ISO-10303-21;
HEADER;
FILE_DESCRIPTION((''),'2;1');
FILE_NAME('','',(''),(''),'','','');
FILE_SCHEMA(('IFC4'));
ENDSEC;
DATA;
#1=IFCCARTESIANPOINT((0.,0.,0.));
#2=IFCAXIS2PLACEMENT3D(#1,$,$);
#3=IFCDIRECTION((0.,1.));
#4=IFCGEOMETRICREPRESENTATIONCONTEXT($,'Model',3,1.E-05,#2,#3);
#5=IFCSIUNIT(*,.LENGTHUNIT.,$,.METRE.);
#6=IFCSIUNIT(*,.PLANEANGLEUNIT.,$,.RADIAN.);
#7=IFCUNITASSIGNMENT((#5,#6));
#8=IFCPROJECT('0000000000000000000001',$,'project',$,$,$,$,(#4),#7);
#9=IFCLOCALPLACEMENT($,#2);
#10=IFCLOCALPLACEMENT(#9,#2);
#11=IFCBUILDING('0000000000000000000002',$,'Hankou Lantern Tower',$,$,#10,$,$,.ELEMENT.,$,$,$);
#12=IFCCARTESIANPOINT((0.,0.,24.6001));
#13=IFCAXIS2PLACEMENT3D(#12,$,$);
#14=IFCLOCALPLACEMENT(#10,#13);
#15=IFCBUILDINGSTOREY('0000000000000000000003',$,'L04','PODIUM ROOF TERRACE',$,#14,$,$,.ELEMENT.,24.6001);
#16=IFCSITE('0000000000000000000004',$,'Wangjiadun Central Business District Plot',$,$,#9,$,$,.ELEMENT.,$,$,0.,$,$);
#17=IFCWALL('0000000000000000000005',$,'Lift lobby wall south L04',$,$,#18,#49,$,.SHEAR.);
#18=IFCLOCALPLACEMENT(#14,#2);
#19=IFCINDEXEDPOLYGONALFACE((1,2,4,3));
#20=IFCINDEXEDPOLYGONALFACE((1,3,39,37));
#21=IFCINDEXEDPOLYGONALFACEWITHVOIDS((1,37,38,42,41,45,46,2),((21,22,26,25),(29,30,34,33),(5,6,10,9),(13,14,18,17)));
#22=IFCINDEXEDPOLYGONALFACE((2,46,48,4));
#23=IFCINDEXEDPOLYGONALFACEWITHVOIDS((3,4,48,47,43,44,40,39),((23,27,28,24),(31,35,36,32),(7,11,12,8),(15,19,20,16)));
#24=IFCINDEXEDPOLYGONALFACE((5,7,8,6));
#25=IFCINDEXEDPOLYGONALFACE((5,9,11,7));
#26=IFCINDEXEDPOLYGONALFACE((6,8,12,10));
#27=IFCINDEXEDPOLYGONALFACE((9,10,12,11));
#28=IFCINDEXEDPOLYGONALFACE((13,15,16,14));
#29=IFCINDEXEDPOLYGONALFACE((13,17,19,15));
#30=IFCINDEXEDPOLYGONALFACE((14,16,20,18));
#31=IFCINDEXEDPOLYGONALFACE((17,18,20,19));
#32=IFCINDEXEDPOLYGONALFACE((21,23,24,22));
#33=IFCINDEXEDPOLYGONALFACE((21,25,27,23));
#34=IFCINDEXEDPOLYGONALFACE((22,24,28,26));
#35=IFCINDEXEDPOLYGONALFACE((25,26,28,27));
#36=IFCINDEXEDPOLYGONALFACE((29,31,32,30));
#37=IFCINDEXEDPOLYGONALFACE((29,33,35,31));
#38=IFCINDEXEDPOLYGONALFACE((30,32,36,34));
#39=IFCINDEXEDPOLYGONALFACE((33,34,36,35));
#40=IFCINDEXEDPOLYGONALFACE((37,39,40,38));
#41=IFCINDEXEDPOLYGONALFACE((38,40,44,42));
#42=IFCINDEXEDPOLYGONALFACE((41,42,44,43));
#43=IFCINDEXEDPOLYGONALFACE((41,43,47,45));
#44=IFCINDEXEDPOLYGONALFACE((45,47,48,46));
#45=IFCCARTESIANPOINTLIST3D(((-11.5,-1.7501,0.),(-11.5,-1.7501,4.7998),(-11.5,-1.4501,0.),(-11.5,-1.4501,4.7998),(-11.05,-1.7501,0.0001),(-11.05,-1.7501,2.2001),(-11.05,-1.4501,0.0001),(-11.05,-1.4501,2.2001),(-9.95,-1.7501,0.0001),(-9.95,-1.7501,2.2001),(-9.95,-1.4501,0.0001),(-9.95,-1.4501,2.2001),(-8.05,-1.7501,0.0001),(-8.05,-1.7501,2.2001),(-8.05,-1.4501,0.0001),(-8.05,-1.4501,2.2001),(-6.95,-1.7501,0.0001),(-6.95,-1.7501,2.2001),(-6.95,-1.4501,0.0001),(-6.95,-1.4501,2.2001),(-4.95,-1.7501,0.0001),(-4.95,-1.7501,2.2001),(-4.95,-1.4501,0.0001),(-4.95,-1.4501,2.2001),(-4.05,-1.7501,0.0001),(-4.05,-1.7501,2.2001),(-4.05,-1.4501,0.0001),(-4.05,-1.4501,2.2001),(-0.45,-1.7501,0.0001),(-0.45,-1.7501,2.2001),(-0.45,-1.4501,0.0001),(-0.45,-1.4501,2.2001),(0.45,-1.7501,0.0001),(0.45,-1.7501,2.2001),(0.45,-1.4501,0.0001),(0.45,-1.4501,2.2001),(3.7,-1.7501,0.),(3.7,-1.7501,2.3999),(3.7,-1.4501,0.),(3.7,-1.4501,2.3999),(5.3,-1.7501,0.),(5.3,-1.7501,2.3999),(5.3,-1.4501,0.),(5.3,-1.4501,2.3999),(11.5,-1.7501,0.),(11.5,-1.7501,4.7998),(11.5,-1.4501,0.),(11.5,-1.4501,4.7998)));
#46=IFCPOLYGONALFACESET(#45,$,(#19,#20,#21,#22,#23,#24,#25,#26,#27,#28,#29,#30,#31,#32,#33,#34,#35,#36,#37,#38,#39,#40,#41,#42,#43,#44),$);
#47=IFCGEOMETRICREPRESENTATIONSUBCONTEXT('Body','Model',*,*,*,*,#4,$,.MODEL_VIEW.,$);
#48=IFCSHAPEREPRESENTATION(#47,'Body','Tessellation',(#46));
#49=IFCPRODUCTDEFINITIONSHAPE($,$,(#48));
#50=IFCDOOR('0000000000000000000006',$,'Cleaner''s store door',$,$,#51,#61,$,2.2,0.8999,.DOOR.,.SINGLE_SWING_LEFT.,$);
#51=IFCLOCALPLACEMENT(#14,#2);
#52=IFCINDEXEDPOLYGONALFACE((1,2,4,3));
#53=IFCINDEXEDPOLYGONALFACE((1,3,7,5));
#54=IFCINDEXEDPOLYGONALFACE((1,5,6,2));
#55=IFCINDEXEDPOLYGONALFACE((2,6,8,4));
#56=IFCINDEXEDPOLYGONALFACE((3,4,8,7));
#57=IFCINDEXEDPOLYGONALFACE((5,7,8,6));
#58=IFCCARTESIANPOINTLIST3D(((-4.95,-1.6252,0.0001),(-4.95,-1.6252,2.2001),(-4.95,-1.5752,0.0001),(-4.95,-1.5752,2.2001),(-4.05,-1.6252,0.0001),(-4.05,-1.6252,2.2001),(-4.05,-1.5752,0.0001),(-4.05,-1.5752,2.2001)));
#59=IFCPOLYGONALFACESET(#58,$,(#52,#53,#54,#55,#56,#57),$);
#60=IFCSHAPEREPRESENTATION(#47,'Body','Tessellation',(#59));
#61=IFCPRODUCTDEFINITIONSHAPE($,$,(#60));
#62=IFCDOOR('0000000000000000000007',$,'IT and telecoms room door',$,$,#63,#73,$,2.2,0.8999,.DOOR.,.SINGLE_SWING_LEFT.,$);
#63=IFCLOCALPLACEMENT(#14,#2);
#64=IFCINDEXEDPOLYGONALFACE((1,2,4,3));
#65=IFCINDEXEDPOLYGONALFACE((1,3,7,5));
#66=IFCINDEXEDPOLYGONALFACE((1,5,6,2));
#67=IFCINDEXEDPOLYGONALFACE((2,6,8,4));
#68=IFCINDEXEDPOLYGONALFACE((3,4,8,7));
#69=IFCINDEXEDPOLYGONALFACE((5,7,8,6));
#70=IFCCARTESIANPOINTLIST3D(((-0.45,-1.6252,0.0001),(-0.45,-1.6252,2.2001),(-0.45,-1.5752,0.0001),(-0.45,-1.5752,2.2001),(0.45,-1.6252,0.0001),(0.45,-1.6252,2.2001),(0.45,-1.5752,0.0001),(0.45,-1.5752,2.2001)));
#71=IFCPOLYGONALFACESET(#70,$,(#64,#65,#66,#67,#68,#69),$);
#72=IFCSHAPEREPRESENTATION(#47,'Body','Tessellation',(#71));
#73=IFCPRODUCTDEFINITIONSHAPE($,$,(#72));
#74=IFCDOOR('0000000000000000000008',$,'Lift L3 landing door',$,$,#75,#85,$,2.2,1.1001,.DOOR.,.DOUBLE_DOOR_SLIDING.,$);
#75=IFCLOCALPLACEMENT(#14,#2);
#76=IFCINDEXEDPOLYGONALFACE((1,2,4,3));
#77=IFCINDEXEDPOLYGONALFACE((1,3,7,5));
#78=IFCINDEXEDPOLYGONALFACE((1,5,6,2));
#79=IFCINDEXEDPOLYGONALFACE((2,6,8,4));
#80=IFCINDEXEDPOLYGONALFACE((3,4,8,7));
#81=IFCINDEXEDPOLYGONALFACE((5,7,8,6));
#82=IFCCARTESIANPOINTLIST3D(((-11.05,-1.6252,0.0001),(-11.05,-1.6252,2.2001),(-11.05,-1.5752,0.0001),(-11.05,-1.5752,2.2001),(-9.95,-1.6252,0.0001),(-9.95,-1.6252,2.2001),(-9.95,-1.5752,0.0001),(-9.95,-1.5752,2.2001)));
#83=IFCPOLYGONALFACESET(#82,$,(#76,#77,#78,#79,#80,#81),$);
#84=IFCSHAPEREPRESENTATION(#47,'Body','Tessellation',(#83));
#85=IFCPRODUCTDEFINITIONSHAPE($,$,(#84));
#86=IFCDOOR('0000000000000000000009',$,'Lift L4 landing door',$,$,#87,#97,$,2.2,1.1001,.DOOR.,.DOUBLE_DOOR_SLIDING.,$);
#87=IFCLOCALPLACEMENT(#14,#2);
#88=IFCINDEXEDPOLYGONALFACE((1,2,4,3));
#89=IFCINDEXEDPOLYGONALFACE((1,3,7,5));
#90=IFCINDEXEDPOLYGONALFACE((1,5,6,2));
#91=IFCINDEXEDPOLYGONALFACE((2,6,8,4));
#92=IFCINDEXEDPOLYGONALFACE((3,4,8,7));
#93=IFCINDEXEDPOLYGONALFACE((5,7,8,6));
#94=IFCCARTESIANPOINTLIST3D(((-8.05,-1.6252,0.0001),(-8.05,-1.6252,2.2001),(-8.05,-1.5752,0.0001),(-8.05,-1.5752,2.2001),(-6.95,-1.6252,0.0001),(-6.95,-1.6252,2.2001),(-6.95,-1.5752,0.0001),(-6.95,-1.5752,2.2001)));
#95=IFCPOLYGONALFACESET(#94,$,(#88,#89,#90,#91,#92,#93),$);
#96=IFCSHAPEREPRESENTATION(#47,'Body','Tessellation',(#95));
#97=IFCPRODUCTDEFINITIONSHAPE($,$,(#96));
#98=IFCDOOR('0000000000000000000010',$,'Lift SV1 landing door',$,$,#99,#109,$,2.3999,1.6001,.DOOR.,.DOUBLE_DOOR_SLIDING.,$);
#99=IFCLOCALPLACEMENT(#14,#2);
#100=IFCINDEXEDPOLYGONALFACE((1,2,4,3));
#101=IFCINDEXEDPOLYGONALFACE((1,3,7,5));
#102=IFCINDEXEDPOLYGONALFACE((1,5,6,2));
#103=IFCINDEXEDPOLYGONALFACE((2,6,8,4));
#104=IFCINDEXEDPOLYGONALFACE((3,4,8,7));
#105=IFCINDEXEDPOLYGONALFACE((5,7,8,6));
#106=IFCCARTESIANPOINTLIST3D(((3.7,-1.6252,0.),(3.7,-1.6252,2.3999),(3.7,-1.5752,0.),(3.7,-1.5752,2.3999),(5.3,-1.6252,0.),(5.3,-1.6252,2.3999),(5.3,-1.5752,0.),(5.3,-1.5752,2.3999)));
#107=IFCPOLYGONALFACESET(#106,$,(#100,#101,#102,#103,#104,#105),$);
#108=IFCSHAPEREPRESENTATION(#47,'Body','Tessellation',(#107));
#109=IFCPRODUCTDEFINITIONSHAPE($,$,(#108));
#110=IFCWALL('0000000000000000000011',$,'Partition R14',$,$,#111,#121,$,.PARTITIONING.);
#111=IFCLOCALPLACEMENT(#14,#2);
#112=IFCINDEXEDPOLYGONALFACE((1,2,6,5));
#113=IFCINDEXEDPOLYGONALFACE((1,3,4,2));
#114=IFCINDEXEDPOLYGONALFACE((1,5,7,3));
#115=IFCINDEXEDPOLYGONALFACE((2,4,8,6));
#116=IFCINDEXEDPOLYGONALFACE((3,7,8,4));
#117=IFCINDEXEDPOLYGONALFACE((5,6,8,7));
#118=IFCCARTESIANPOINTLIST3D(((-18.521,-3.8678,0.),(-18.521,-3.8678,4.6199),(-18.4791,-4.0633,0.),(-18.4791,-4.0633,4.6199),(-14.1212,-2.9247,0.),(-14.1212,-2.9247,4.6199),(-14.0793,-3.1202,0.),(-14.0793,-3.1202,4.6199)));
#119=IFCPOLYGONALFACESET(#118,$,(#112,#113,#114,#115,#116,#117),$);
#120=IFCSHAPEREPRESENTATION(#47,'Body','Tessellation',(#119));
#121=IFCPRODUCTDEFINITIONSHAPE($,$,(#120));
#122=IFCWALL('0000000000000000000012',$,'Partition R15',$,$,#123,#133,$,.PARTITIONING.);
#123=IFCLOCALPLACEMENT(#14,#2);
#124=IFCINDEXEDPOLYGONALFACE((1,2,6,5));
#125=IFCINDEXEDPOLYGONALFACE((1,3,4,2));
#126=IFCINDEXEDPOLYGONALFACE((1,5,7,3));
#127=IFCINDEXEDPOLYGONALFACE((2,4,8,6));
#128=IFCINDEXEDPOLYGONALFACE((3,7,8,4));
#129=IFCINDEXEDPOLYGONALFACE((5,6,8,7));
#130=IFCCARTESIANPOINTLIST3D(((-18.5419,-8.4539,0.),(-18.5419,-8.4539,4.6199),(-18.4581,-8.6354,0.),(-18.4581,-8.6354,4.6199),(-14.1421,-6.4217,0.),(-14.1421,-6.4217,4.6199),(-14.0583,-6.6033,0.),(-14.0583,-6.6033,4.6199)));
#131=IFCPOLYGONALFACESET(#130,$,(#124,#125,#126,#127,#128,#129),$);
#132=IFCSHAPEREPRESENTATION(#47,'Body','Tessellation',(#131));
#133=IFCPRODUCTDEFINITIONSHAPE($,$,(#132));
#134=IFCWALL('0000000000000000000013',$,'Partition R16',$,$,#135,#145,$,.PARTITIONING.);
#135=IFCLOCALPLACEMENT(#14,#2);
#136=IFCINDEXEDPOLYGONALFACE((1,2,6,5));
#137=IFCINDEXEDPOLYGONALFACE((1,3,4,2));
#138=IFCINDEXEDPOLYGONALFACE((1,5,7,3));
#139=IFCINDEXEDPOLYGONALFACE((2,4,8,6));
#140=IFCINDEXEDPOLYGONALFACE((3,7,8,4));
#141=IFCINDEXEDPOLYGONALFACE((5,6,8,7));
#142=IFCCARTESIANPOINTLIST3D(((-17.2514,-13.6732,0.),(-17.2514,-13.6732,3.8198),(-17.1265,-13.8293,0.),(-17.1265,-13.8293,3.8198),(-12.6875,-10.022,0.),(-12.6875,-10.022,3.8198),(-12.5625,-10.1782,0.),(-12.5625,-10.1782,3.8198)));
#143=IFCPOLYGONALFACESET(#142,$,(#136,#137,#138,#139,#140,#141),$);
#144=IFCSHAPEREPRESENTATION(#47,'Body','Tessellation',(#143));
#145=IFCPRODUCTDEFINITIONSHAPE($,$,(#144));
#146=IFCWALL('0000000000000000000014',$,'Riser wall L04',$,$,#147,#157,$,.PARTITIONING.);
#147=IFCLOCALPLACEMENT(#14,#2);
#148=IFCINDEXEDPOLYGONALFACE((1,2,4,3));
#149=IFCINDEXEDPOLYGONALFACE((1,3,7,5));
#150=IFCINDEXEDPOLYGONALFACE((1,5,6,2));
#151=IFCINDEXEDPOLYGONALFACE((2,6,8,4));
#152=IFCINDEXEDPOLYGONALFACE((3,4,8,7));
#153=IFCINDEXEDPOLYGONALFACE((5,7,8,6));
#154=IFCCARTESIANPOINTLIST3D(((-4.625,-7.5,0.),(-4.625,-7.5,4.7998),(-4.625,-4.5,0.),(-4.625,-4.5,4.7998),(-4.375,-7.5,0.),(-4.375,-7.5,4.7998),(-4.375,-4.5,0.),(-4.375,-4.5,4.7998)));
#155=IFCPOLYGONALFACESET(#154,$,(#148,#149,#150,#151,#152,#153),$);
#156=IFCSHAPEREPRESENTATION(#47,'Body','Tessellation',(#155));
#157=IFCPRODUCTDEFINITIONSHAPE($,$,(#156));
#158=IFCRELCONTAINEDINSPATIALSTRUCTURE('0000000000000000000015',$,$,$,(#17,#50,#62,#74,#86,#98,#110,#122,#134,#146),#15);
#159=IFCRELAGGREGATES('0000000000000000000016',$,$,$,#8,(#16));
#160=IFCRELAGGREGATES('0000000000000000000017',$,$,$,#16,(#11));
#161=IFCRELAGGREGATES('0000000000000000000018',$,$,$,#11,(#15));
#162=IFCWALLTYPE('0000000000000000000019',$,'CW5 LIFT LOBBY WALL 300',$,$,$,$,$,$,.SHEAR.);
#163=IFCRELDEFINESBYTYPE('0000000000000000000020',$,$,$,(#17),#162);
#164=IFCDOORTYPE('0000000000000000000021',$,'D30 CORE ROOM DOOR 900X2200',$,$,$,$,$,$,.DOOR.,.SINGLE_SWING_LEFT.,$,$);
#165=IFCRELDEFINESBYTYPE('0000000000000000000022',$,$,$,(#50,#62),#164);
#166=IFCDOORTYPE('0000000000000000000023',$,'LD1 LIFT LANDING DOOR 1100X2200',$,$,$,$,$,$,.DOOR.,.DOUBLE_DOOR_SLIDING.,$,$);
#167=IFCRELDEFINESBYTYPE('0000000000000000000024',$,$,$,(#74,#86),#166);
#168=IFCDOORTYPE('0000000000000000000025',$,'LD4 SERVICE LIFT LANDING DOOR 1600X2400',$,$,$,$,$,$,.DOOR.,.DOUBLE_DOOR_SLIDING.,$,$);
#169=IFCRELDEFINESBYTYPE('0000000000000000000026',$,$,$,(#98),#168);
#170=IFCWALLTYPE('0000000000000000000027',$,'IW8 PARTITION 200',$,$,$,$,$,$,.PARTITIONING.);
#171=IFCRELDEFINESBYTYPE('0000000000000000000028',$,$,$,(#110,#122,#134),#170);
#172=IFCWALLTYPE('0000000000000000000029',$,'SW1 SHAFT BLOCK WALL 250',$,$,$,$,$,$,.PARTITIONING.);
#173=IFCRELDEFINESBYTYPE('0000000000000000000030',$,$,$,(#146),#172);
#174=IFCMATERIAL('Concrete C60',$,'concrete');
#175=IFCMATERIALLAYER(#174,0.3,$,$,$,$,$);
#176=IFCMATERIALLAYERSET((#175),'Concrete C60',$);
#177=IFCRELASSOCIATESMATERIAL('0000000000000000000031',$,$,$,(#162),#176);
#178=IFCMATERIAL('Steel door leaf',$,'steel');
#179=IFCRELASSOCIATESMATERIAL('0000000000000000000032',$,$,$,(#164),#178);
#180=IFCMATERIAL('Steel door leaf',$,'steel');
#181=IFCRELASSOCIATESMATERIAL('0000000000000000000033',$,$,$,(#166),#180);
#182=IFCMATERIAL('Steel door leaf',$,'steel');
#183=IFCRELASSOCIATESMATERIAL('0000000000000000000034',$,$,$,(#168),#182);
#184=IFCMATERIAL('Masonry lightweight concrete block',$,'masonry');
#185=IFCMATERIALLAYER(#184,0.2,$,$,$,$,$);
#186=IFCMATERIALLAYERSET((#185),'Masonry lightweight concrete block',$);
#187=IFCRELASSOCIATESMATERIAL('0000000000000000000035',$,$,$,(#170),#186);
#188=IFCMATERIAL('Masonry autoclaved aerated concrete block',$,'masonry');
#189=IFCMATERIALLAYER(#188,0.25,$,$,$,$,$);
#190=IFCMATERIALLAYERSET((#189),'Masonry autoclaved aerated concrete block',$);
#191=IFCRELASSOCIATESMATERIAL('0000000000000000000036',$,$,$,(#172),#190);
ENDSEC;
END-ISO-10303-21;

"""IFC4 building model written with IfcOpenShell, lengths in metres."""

from ifc_helpers import new_model, si_unit, direction, frame, frame_2d, origin, place, context, subcontext, project, spatial, rectangle, extrude, material, layer, layer_set, type_object, element, fill, save


model = new_model("IFC4")

# Units and contexts
model_context = context("Model", 3, precision=1e-05, world=origin(), true_north=direction((0.0, 1.0)))
body_context = subcontext(model_context, "Body", "Model", "MODEL_VIEW")
ifc_project = project(units=[si_unit("LENGTHUNIT", "METRE"), si_unit("PLANEANGLEUNIT", "RADIAN")], contexts=[model_context])

# Site, building, storey
site_placement = place(None, origin())
site = spatial("IfcSite", under=ifc_project, at=site_placement, Name="Wangjiadun Central Business District Plot", CompositionType="ELEMENT", RefElevation=0.0)
building_placement = place(site_placement, origin())
building = spatial("IfcBuilding", under=site, at=building_placement, Name="Hankou Lantern Tower", CompositionType="ELEMENT")
storey_placement = place(building_placement, frame((0.0, 0.0, 24.6001)))
storey = spatial("IfcBuildingStorey", under=building, at=storey_placement, Name="L04", Description="PODIUM ROOF TERRACE", CompositionType="ELEMENT", Elevation=24.6001)

# Wall, openings, doors
ifc_material_1 = material(Name="Concrete C60", Category="concrete")
ifc_layer_1 = layer(ifc_material_1, 0.3)
ifc_layer_set_1 = layer_set([ifc_layer_1], Name="Concrete C60")
wall_type_1 = type_object("IfcWallType", Name="CW5 LIFT LOBBY WALL 300", PredefinedType="SHEAR", material=ifc_layer_set_1)
wall_1_placement = place(storey_placement, frame((-11.5, -1.6001, 0.0), z_axis=(0.0, 0.0, 1.0), x_axis=(1.0, 0.0, 0.0)))
wall_1 = element("IfcWall", 1, at=wall_1_placement, inside=storey, type_object=wall_type_1, Name="Lift lobby wall south L04", PredefinedType="SHEAR", context=body_context, shape_type="SweptSolid", body=[
    extrude(rectangle(XDim=23.0, YDim=0.3, at=frame_2d((11.5, 0.0))), origin(), (0.0, 0.0, 1.0), 4.7998),
])
opening_1_placement = place(wall_1_placement, frame((0.45, 0.0, 0.0)))
opening_1 = element("IfcOpeningElement", 2, at=opening_1_placement, cuts=wall_1, PredefinedType="OPENING", context=body_context, shape_type="SweptSolid", body=[
    extrude(rectangle(XDim=1.1001, YDim=2.2, at=frame_2d((0.55, 1.1001))), frame((0.0, 0.1599, 0.0), z_axis=(0.0, -1.0, 0.0), x_axis=(1.0, 0.0, 0.0)), (0.0, 0.0, 1.0), 0.3201),
])
opening_2_placement = place(wall_1_placement, frame((3.45, 0.0, 0.0)))
opening_2 = element("IfcOpeningElement", 3, at=opening_2_placement, cuts=wall_1, PredefinedType="OPENING", context=body_context, shape_type="SweptSolid", body=[
    extrude(rectangle(XDim=1.1001, YDim=2.2, at=frame_2d((0.55, 1.1001))), frame((0.0, 0.1599, 0.0), z_axis=(0.0, -1.0, 0.0), x_axis=(1.0, 0.0, 0.0)), (0.0, 0.0, 1.0), 0.3201),
])
opening_3_placement = place(wall_1_placement, frame((15.2, 0.0, 0.0)))
opening_3 = element("IfcOpeningElement", 4, at=opening_3_placement, cuts=wall_1, PredefinedType="OPENING", context=body_context, shape_type="SweptSolid", body=[
    extrude(rectangle(XDim=1.6001, YDim=2.3999, at=frame_2d((0.8, 1.2))), frame((0.0, 0.1599, 0.0), z_axis=(0.0, -1.0, 0.0), x_axis=(1.0, 0.0, 0.0)), (0.0, 0.0, 1.0), 0.3201),
])
opening_4_placement = place(wall_1_placement, frame((6.55, 0.0, 0.0)))
opening_4 = element("IfcOpeningElement", 5, at=opening_4_placement, cuts=wall_1, PredefinedType="OPENING", context=body_context, shape_type="SweptSolid", body=[
    extrude(rectangle(XDim=0.8999, YDim=2.2, at=frame_2d((0.45, 1.1001))), frame((0.0, 0.1599, 0.0), z_axis=(0.0, -1.0, 0.0), x_axis=(1.0, 0.0, 0.0)), (0.0, 0.0, 1.0), 0.3201),
])
opening_5_placement = place(wall_1_placement, frame((11.05, 0.0, 0.0)))
opening_5 = element("IfcOpeningElement", 6, at=opening_5_placement, cuts=wall_1, PredefinedType="OPENING", context=body_context, shape_type="SweptSolid", body=[
    extrude(rectangle(XDim=0.8999, YDim=2.2, at=frame_2d((0.45, 1.1001))), frame((0.0, 0.1599, 0.0), z_axis=(0.0, -1.0, 0.0), x_axis=(1.0, 0.0, 0.0)), (0.0, 0.0, 1.0), 0.3201),
])
ifc_material_2 = material(Name="Steel door leaf", Category="steel")
door_type_1 = type_object("IfcDoorType", Name="D30 CORE ROOM DOOR 900X2200", OperationType="SINGLE_SWING_LEFT", PredefinedType="DOOR", material=ifc_material_2)
door_1_placement = place(opening_4_placement, origin())
door_1 = element("IfcDoor", 7, at=door_1_placement, inside=storey, type_object=door_type_1, Name="Cleaner's store door", OperationType="SINGLE_SWING_LEFT", OverallHeight=2.2, OverallWidth=0.8999, PredefinedType="DOOR", context=body_context, shape_type="SweptSolid", body=[
    extrude(rectangle(XDim=0.8999, YDim=2.2, at=frame_2d((0.45, 1.1001))), frame((0.0, 0.0249, 0.0), z_axis=(0.0, -1.0, 0.0), x_axis=(1.0, 0.0, 0.0)), (0.0, 0.0, 1.0), 0.05),
])
fill(opening_4, door_1)
door_2_placement = place(opening_5_placement, origin())
door_2 = element("IfcDoor", 8, at=door_2_placement, inside=storey, type_object=door_type_1, Name="IT and telecoms room door", OperationType="SINGLE_SWING_LEFT", OverallHeight=2.2, OverallWidth=0.8999, PredefinedType="DOOR", context=body_context, shape_type="SweptSolid", body=[
    extrude(rectangle(XDim=0.8999, YDim=2.2, at=frame_2d((0.45, 1.1001))), frame((0.0, 0.0249, 0.0), z_axis=(0.0, -1.0, 0.0), x_axis=(1.0, 0.0, 0.0)), (0.0, 0.0, 1.0), 0.05),
])
fill(opening_5, door_2)
ifc_material_3 = material(Name="Steel door leaf", Category="steel")
door_type_2 = type_object("IfcDoorType", Name="LD1 LIFT LANDING DOOR 1100X2200", OperationType="DOUBLE_DOOR_SLIDING", PredefinedType="DOOR", material=ifc_material_3)
door_3_placement = place(opening_1_placement, origin())
door_3 = element("IfcDoor", 9, at=door_3_placement, inside=storey, type_object=door_type_2, Name="Lift L3 landing door", OperationType="DOUBLE_DOOR_SLIDING", OverallHeight=2.2, OverallWidth=1.1001, PredefinedType="DOOR", context=body_context, shape_type="SweptSolid", body=[
    extrude(rectangle(XDim=1.1001, YDim=2.2, at=frame_2d((0.55, 1.1001))), frame((0.0, 0.0249, 0.0), z_axis=(0.0, -1.0, 0.0), x_axis=(1.0, 0.0, 0.0)), (0.0, 0.0, 1.0), 0.05),
])
fill(opening_1, door_3)
door_4_placement = place(opening_2_placement, origin())
door_4 = element("IfcDoor", 10, at=door_4_placement, inside=storey, type_object=door_type_2, Name="Lift L4 landing door", OperationType="DOUBLE_DOOR_SLIDING", OverallHeight=2.2, OverallWidth=1.1001, PredefinedType="DOOR", context=body_context, shape_type="SweptSolid", body=[
    extrude(rectangle(XDim=1.1001, YDim=2.2, at=frame_2d((0.55, 1.1001))), frame((0.0, 0.0249, 0.0), z_axis=(0.0, -1.0, 0.0), x_axis=(1.0, 0.0, 0.0)), (0.0, 0.0, 1.0), 0.05),
])
fill(opening_2, door_4)
ifc_material_4 = material(Name="Steel door leaf", Category="steel")
door_type_3 = type_object("IfcDoorType", Name="LD4 SERVICE LIFT LANDING DOOR 1600X2400", OperationType="DOUBLE_DOOR_SLIDING", PredefinedType="DOOR", material=ifc_material_4)
door_5_placement = place(opening_3_placement, origin())
door_5 = element("IfcDoor", 11, at=door_5_placement, inside=storey, type_object=door_type_3, Name="Lift SV1 landing door", OperationType="DOUBLE_DOOR_SLIDING", OverallHeight=2.3999, OverallWidth=1.6001, PredefinedType="DOOR", context=body_context, shape_type="SweptSolid", body=[
    extrude(rectangle(XDim=1.6001, YDim=2.3999, at=frame_2d((0.8, 1.2))), frame((0.0, 0.0249, 0.0), z_axis=(0.0, -1.0, 0.0), x_axis=(1.0, 0.0, 0.0)), (0.0, 0.0, 1.0), 0.05),
])
fill(opening_3, door_5)

# Walls
ifc_material_5 = material(Name="Masonry lightweight concrete block", Category="masonry")
ifc_layer_2 = layer(ifc_material_5, 0.2)
ifc_layer_set_2 = layer_set([ifc_layer_2], Name="Masonry lightweight concrete block")
wall_type_2 = type_object("IfcWallType", Name="IW8 PARTITION 200", PredefinedType="PARTITIONING", material=ifc_layer_set_2)
wall_2_placement = place(storey_placement, frame((-14.1001, -3.0225, 0.0), z_axis=(0.0, 0.0, 1.0), x_axis=(-0.97779, -0.209588, 0.0)))
element("IfcWall", 12, at=wall_2_placement, inside=storey, type_object=wall_type_2, Name="Partition R14", PredefinedType="PARTITIONING", context=body_context, shape_type="SweptSolid", body=[
    extrude(rectangle(XDim=4.4998, YDim=0.2, at=frame_2d((2.25, 0.0))), origin(), (0.0, 0.0, 1.0), 4.6199),
])
wall_3_placement = place(storey_placement, frame((-14.1001, -6.5125, 0.0), z_axis=(0.0, 0.0, 1.0), x_axis=(-0.907841, -0.419314, 0.0)))
element("IfcWall", 13, at=wall_3_placement, inside=storey, type_object=wall_type_2, Name="Partition R15", PredefinedType="PARTITIONING", context=body_context, shape_type="SweptSolid", body=[
    extrude(rectangle(XDim=4.8464, YDim=0.2, at=frame_2d((2.4233, 0.0))), origin(), (0.0, 0.0, 1.0), 4.6199),
])
wall_4_placement = place(storey_placement, frame((-12.625, -10.1001, 0.0), z_axis=(0.0, 0.0, 1.0), x_axis=(-0.780873, -0.62469, 0.0)))
element("IfcWall", 14, at=wall_4_placement, inside=storey, type_object=wall_type_2, Name="Partition R16", PredefinedType="PARTITIONING", context=body_context, shape_type="SweptSolid", body=[
    extrude(rectangle(XDim=5.8447, YDim=0.2, at=frame_2d((2.9224, 0.0))), origin(), (0.0, 0.0, 1.0), 3.8198),
])
ifc_material_6 = material(Name="Masonry autoclaved aerated concrete block", Category="masonry")
ifc_layer_3 = layer(ifc_material_6, 0.25)
ifc_layer_set_3 = layer_set([ifc_layer_3], Name="Masonry autoclaved aerated concrete block")
wall_type_3 = type_object("IfcWallType", Name="SW1 SHAFT BLOCK WALL 250", PredefinedType="PARTITIONING", material=ifc_layer_set_3)
wall_5_placement = place(storey_placement, frame((-4.5, -7.5, 0.0), z_axis=(0.0, 0.0, 1.0), x_axis=(0.0, 1.0, 0.0)))
element("IfcWall", 15, at=wall_5_placement, inside=storey, type_object=wall_type_3, Name="Riser wall L04", PredefinedType="PARTITIONING", context=body_context, shape_type="SweptSolid", body=[
    extrude(rectangle(XDim=3.0, YDim=0.25, at=frame_2d((1.5, 0.0))), origin(), (0.0, 0.0, 1.0), 4.7998),
])

save(model, "model.ifc")
